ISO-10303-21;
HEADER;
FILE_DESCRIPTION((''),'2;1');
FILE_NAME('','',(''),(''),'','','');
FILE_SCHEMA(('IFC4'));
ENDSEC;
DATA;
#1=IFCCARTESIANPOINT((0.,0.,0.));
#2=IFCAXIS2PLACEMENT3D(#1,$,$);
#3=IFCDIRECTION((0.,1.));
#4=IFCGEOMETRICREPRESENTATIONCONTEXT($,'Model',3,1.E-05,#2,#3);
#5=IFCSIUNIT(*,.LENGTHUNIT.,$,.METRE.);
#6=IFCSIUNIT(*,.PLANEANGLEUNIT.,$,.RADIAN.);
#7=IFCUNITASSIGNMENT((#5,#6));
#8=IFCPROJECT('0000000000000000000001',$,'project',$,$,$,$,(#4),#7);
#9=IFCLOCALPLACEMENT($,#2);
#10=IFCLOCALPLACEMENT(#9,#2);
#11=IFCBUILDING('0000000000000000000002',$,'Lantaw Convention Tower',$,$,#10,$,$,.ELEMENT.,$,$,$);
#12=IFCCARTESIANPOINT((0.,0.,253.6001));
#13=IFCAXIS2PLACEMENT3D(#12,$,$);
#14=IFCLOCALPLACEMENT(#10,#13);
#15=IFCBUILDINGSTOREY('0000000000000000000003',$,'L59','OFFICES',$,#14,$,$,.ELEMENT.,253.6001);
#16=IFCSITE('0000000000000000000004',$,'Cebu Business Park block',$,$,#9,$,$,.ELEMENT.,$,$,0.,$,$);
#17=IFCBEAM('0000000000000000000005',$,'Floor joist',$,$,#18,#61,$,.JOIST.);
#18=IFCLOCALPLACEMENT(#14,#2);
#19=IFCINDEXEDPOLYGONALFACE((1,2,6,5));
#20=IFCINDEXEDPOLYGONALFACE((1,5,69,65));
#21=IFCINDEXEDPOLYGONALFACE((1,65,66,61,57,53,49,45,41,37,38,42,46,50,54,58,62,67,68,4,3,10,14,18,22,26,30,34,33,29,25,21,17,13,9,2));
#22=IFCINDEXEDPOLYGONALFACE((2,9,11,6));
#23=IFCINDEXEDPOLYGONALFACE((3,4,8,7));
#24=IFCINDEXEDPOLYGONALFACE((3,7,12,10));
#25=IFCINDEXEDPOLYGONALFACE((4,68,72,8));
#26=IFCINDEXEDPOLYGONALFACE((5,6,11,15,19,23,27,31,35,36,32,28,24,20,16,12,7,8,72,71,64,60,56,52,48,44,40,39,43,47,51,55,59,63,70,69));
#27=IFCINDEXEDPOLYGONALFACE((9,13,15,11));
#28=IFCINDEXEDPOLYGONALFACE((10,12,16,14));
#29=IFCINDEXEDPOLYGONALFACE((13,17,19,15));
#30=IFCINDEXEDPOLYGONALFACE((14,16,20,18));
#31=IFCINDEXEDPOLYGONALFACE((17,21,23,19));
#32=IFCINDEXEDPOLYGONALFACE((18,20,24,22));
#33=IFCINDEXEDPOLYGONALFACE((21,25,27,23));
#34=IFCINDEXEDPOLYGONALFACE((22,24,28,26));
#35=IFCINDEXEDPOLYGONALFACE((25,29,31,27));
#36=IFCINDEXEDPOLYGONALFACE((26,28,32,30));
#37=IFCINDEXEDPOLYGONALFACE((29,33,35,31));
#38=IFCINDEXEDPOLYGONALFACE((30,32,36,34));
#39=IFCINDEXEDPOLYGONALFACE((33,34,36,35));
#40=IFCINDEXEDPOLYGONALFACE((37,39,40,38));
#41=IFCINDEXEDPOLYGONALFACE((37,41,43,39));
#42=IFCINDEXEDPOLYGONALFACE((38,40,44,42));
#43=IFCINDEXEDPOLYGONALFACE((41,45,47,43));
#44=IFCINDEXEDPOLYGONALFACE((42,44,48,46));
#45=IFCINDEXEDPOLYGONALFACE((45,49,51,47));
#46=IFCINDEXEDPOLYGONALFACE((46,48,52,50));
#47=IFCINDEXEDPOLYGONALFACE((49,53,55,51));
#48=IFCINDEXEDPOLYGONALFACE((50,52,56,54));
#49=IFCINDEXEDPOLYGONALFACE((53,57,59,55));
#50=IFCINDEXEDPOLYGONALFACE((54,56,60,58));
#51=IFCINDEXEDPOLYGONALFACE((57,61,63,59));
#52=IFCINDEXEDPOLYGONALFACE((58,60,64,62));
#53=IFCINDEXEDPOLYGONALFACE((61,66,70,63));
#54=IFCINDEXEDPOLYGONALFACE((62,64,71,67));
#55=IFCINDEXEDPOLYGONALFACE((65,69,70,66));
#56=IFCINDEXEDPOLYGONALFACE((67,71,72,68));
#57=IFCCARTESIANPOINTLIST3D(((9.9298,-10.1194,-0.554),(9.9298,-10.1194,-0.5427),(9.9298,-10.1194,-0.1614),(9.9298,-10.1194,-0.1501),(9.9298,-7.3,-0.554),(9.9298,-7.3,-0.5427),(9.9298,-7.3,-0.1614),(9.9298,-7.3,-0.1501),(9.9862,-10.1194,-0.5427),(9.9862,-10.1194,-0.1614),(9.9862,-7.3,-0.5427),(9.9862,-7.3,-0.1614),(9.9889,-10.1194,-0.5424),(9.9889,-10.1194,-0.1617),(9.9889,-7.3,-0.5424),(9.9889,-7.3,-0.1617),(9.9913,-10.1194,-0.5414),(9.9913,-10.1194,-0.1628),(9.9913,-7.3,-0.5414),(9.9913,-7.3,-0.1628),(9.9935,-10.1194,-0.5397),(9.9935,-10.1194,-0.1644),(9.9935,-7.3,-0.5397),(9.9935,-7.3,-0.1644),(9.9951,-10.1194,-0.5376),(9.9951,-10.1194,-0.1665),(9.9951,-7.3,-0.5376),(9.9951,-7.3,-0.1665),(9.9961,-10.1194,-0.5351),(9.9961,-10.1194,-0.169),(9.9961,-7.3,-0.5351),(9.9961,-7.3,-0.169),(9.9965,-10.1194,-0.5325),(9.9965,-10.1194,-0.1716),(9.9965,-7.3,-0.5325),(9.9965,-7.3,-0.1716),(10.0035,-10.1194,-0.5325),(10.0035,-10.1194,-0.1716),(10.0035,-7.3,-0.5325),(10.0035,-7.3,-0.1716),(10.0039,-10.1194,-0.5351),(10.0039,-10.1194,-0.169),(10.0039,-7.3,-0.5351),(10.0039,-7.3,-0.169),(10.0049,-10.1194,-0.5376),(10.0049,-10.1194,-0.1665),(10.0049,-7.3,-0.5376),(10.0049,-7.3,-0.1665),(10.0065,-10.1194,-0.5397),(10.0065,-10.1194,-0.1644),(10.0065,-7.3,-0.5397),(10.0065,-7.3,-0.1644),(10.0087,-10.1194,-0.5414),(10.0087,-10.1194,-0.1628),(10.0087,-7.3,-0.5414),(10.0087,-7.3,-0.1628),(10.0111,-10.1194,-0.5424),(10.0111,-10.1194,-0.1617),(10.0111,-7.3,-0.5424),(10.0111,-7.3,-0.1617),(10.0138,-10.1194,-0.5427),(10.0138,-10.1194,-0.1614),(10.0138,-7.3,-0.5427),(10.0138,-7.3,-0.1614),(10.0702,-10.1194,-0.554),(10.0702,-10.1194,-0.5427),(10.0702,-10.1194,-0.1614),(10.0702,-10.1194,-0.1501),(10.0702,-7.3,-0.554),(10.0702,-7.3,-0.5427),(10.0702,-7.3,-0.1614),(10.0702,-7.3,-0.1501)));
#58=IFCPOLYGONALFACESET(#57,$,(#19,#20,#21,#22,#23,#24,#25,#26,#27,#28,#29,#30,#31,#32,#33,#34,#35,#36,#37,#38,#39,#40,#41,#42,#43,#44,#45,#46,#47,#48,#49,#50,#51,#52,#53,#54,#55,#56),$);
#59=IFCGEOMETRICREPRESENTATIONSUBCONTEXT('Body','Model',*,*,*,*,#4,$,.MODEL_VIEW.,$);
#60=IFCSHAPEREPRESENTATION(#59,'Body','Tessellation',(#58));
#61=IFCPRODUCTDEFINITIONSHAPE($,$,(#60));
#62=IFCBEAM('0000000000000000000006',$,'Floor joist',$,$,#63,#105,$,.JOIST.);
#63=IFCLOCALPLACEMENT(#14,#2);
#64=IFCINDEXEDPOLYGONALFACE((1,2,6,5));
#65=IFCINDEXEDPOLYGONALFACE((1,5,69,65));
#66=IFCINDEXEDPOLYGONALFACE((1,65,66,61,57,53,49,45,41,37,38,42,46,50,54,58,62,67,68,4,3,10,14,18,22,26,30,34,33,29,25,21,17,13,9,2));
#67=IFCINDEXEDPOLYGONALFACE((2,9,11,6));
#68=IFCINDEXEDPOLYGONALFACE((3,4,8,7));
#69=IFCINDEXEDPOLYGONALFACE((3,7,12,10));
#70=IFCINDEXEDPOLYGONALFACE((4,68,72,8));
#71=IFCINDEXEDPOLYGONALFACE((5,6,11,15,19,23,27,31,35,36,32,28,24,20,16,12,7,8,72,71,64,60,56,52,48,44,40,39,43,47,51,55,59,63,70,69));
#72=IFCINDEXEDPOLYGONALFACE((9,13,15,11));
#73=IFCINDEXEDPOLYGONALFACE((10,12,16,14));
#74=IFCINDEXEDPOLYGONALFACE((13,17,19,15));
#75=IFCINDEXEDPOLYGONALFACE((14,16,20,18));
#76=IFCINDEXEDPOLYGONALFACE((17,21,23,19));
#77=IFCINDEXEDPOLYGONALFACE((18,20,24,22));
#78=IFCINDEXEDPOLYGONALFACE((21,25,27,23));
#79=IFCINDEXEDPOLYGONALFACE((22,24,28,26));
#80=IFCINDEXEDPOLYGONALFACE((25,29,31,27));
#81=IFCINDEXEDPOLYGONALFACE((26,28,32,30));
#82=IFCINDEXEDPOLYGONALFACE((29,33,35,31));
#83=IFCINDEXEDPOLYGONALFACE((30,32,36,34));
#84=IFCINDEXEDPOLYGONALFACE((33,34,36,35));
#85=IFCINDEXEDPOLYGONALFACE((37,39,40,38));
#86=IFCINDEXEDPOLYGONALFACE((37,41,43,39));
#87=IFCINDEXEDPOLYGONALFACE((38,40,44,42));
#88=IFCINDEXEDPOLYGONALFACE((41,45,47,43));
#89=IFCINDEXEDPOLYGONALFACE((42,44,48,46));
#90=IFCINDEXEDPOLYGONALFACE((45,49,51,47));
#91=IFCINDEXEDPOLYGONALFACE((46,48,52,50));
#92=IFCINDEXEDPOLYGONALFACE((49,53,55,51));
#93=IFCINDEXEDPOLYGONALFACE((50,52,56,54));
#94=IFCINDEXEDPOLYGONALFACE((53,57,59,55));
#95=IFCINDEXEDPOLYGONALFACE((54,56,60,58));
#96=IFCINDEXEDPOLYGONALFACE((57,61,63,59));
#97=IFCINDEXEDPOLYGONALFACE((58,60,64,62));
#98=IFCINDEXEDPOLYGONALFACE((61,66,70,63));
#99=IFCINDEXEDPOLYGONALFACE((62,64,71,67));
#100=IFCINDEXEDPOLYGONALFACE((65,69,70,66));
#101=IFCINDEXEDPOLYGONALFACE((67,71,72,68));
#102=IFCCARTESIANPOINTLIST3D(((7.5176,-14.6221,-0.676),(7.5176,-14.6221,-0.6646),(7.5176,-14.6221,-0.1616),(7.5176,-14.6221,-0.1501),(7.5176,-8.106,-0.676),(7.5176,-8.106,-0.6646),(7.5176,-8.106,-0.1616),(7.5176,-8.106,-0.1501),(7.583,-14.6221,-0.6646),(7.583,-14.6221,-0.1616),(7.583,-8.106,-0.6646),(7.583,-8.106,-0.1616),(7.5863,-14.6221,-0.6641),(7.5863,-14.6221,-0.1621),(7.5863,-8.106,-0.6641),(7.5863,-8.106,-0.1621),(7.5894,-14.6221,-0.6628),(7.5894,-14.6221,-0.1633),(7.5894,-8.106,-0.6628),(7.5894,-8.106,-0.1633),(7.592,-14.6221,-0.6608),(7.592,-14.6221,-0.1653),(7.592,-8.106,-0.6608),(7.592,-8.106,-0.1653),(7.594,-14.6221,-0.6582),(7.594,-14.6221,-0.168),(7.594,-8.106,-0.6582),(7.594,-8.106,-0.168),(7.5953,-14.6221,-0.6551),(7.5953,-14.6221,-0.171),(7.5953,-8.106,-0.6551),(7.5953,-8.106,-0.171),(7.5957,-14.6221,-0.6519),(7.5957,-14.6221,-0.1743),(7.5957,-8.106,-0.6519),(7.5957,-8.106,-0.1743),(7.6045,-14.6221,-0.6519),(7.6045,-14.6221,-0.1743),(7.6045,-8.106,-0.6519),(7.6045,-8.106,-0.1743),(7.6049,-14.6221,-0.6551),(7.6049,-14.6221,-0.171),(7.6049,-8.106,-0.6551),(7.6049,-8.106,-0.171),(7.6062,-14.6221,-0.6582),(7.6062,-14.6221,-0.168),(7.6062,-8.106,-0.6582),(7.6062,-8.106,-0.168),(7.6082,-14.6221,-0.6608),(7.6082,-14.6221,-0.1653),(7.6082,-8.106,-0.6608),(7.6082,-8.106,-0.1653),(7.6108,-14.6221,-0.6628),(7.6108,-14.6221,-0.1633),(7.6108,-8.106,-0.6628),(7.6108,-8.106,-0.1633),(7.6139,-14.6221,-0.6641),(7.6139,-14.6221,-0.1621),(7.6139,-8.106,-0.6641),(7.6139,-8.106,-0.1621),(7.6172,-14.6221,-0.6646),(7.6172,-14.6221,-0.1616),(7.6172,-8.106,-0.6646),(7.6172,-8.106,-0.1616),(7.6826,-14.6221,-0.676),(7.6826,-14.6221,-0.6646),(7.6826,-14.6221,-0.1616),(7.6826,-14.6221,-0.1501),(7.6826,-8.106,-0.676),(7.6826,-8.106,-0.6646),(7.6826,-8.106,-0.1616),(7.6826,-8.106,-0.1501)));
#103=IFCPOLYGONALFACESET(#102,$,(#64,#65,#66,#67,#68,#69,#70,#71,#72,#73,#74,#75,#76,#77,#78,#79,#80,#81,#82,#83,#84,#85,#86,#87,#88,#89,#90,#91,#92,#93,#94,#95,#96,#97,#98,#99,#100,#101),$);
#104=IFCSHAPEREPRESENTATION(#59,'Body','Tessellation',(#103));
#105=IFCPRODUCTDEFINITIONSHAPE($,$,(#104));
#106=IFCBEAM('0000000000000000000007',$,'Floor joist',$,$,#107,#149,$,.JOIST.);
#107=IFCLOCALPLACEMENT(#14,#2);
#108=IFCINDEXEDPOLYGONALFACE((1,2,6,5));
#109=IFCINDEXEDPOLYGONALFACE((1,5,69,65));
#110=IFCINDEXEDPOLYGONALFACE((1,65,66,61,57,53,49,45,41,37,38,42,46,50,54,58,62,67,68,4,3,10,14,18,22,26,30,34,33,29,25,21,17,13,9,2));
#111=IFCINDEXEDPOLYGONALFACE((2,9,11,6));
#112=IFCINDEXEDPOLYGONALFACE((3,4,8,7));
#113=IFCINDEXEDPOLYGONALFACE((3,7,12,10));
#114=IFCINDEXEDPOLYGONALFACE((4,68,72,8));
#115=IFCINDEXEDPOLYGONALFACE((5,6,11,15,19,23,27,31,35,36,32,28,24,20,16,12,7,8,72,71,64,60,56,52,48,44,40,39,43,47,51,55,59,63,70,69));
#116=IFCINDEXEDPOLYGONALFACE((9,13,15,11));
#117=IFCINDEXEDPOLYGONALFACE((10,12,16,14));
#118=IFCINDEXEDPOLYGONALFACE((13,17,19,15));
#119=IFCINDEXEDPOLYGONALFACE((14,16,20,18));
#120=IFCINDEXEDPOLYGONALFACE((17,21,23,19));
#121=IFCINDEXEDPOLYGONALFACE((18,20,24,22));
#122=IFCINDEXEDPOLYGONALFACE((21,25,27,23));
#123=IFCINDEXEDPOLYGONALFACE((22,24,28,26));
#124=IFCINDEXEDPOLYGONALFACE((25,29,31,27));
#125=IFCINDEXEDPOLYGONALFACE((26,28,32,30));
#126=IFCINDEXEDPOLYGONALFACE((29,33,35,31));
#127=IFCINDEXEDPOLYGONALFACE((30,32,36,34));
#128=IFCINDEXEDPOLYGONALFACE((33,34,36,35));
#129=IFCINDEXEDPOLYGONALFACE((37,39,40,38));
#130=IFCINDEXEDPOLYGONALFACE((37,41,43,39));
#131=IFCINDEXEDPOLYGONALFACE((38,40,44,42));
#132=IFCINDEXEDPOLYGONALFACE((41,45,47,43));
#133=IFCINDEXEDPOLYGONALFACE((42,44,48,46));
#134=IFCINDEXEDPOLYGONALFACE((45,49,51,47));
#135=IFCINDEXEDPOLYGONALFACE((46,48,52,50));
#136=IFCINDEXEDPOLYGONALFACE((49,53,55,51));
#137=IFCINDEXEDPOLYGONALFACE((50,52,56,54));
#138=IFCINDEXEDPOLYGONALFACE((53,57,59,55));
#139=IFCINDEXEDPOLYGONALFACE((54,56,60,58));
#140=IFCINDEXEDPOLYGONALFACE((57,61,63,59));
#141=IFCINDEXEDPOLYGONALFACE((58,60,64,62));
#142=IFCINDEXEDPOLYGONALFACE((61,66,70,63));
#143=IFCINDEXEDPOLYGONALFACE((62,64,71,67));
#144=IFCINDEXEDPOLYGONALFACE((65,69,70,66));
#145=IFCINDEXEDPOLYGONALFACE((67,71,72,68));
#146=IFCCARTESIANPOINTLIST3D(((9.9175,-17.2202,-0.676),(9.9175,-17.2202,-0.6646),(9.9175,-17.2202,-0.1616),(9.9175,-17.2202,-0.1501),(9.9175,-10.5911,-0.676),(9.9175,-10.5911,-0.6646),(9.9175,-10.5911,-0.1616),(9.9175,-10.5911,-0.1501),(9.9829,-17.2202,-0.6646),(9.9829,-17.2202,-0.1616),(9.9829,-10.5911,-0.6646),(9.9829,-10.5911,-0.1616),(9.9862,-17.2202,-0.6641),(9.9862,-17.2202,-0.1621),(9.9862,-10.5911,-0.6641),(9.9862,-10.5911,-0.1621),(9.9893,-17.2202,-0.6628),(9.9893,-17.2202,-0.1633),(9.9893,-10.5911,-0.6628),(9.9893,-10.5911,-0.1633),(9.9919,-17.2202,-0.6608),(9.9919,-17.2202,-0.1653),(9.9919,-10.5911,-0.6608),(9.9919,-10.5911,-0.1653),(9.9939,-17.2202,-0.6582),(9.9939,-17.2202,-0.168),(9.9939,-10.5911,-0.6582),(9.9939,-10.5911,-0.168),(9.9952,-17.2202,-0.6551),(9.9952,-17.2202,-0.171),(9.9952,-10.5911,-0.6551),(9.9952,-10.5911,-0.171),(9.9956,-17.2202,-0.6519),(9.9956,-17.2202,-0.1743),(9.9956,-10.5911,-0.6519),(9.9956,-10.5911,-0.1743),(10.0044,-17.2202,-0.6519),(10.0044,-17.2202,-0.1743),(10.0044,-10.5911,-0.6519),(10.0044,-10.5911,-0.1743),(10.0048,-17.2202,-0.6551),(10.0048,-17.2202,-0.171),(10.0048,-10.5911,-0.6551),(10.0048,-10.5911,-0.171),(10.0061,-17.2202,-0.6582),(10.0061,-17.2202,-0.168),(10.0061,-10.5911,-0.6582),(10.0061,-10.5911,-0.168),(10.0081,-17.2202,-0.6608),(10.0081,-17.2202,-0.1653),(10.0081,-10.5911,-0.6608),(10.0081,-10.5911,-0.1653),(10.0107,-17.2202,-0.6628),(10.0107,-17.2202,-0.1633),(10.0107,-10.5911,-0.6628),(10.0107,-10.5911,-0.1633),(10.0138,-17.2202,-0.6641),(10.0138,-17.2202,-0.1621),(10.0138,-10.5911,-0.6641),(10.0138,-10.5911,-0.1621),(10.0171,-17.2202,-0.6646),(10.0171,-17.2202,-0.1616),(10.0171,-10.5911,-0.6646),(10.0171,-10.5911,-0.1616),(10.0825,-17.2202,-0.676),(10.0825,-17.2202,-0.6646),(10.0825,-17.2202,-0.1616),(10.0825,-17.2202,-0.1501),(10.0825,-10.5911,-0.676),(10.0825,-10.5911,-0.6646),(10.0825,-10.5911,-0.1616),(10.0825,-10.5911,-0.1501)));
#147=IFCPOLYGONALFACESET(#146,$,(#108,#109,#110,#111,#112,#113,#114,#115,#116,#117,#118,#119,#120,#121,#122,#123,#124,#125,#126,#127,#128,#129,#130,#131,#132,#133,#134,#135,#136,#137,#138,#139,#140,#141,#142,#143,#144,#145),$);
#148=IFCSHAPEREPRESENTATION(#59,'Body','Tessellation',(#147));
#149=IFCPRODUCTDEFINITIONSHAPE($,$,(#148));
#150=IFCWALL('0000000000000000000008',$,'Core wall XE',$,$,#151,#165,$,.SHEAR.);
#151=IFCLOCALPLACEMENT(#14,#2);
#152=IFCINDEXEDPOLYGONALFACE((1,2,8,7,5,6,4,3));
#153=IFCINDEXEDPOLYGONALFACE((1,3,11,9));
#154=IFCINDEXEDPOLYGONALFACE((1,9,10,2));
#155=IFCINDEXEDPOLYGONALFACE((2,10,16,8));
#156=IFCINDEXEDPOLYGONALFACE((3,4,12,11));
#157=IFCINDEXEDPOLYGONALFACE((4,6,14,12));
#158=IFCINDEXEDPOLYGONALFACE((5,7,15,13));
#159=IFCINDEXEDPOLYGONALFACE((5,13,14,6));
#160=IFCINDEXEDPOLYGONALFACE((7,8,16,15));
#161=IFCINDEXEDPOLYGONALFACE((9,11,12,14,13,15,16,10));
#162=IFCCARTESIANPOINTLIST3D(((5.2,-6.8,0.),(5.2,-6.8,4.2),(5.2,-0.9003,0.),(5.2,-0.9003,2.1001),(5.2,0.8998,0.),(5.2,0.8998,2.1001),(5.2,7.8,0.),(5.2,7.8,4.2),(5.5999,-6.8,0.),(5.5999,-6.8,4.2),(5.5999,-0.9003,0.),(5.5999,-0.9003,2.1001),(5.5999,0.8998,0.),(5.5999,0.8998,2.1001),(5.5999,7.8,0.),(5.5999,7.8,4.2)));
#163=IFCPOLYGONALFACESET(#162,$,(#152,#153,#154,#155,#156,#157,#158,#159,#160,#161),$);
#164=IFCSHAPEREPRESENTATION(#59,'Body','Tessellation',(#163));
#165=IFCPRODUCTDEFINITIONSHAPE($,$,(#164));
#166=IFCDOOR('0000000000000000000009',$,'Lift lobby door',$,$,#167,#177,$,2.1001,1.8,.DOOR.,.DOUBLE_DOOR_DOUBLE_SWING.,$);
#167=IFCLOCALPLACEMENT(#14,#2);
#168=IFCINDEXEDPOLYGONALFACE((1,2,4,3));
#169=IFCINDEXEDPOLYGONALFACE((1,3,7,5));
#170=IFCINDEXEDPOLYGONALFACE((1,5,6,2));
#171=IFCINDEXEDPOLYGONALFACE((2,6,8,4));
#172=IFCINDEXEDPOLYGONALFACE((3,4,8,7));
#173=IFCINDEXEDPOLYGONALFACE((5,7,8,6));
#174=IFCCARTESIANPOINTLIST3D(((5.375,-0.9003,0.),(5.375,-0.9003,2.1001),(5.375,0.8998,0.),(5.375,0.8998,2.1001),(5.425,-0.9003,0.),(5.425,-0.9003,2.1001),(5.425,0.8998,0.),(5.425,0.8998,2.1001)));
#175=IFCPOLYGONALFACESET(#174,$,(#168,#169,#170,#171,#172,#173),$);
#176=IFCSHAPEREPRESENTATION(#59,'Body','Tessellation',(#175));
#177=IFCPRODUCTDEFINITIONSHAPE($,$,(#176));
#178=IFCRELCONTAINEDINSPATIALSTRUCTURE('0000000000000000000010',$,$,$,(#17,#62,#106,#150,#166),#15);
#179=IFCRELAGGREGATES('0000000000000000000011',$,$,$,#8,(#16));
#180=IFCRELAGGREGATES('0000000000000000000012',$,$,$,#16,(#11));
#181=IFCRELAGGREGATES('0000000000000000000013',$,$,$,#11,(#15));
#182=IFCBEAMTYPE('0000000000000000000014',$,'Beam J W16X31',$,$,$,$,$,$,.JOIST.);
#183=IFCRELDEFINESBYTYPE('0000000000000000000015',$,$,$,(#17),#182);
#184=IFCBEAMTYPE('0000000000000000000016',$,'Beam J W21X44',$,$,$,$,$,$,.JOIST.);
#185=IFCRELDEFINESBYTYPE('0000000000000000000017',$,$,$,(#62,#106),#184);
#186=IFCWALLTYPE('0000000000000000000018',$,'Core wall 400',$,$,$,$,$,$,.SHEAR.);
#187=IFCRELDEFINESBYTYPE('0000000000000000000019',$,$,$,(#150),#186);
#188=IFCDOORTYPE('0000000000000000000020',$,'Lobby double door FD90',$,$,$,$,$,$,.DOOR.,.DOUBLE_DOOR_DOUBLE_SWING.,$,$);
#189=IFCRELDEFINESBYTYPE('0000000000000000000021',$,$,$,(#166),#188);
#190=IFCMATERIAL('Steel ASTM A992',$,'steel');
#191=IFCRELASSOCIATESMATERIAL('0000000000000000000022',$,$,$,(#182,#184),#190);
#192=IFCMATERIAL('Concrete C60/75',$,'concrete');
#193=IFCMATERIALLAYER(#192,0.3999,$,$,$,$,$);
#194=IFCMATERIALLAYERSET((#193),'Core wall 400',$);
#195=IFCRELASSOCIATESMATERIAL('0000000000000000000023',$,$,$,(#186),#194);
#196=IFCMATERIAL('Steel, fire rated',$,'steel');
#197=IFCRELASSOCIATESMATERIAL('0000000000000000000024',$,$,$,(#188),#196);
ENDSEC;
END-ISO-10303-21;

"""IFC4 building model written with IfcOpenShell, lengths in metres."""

from ifc_helpers import new_model, si_unit, direction, frame, frame_2d, origin, origin_2d, place, context, subcontext, project, spatial, rectangle, i_section, extrude, material, layer, layer_set, material_profile, profile_set, type_object, element, fill, save


model = new_model("IFC4")

# Units and contexts
model_context = context("Model", 3, precision=1e-05, world=origin(), true_north=direction((0.0, 1.0)))
body_context = subcontext(model_context, "Body", "Model", "MODEL_VIEW")
ifc_project = project(units=[si_unit("LENGTHUNIT", "METRE"), si_unit("PLANEANGLEUNIT", "RADIAN")], contexts=[model_context])

# Site, building, storey
site_placement = place(None, origin())
site = spatial("IfcSite", under=ifc_project, at=site_placement, Name="Cebu Business Park block", CompositionType="ELEMENT", RefElevation=0.0)
building_placement = place(site_placement, origin())
building = spatial("IfcBuilding", under=site, at=building_placement, Name="Lantaw Convention Tower", CompositionType="ELEMENT")
storey_placement = place(building_placement, frame((0.0, 0.0, 253.6001)))
storey = spatial("IfcBuildingStorey", under=building, at=storey_placement, Name="L59", Description="OFFICES", CompositionType="ELEMENT", Elevation=253.6001)

# Beams
ifc_material_1 = material(Name="Steel ASTM A992", Category="steel")
ifc_material_profile_1 = material_profile(ifc_material_1, i_section(OverallWidth=0.1404, OverallDepth=0.4038, WebThickness=0.0071, FlangeThickness=0.0112, FilletRadius=0.0103, at=origin_2d()), Name="W16X31")
ifc_profile_set_1 = profile_set([ifc_material_profile_1], Name="Steel ASTM A992")
beam_type_1 = type_object("IfcBeamType", Name="Beam J W16X31", PredefinedType="JOIST", material=ifc_profile_set_1)
beam_1_placement = place(storey_placement, frame((10.0, -10.1194, -0.3521), z_axis=(0.0, 1.0, 0.0), x_axis=(-1.0, 0.0, 0.0)))
element("IfcBeam", 1, at=beam_1_placement, inside=storey, type_object=beam_type_1, Name="Floor joist", PredefinedType="JOIST", context=body_context, shape_type="SweptSolid", body=[
    extrude(i_section(OverallWidth=0.1404, OverallDepth=0.4038, WebThickness=0.0071, FlangeThickness=0.0112, FilletRadius=0.0103, at=origin_2d()), origin(), (0.0, 0.0, 1.0), 2.8193),
])
ifc_material_profile_2 = material_profile(ifc_material_1, i_section(OverallWidth=0.165, OverallDepth=0.5259, WebThickness=0.0088, FlangeThickness=0.0115, FilletRadius=0.0127, at=origin_2d()), Name="W21X44")
ifc_profile_set_2 = profile_set([ifc_material_profile_2], Name="Steel ASTM A992")
beam_type_2 = type_object("IfcBeamType", Name="Beam J W21X44", PredefinedType="JOIST", material=ifc_profile_set_2)
beam_2_placement = place(storey_placement, frame((7.6001, -14.6221, -0.4131), z_axis=(0.0, 1.0, 0.0), x_axis=(-1.0, 0.0, 0.0)))
element("IfcBeam", 2, at=beam_2_placement, inside=storey, type_object=beam_type_2, Name="Floor joist", PredefinedType="JOIST", context=body_context, shape_type="SweptSolid", body=[
    extrude(i_section(OverallWidth=0.165, OverallDepth=0.5259, WebThickness=0.0088, FlangeThickness=0.0115, FilletRadius=0.0127, at=origin_2d()), origin(), (0.0, 0.0, 1.0), 6.5161),
])
beam_3_placement = place(storey_placement, frame((10.0, -17.2202, -0.4131), z_axis=(0.0, 1.0, 0.0), x_axis=(-1.0, 0.0, 0.0)))
element("IfcBeam", 3, at=beam_3_placement, inside=storey, type_object=beam_type_2, Name="Floor joist", PredefinedType="JOIST", context=body_context, shape_type="SweptSolid", body=[
    extrude(i_section(OverallWidth=0.165, OverallDepth=0.5259, WebThickness=0.0088, FlangeThickness=0.0115, FilletRadius=0.0127, at=origin_2d()), origin(), (0.0, 0.0, 1.0), 6.6292),
])

# Wall, opening, door
ifc_material_2 = material(Name="Concrete C60/75", Category="concrete")
ifc_layer_1 = layer(ifc_material_2, 0.3999)
ifc_layer_set_1 = layer_set([ifc_layer_1], Name="Core wall 400")
wall_type_1 = type_object("IfcWallType", Name="Core wall 400", PredefinedType="SHEAR", material=ifc_layer_set_1)
wall_1_placement = place(storey_placement, frame((5.3999, -6.8, 0.0), z_axis=(0.0, 0.0, 1.0), x_axis=(0.0, 1.0, 0.0)))
wall_1 = element("IfcWall", 4, at=wall_1_placement, inside=storey, type_object=wall_type_1, Name="Core wall XE", PredefinedType="SHEAR", context=body_context, shape_type="SweptSolid", body=[
    extrude(rectangle(XDim=14.6001, YDim=0.3999, at=frame_2d((7.3, 0.0))), origin(), (0.0, 0.0, 1.0), 4.2),
])
opening_1_placement = place(wall_1_placement, frame((5.8999, 0.0, 0.0)))
opening_1 = element("IfcOpeningElement", 5, at=opening_1_placement, cuts=wall_1, PredefinedType="OPENING", context=body_context, shape_type="SweptSolid", body=[
    extrude(rectangle(XDim=1.8, YDim=2.1001, at=frame_2d((0.8999, 1.05))), frame((0.0, 0.21, 0.0), z_axis=(0.0, -1.0, 0.0), x_axis=(1.0, 0.0, 0.0)), (0.0, 0.0, 1.0), 0.4199),
])
ifc_material_3 = material(Name="Steel, fire rated", Category="steel")
door_type_1 = type_object("IfcDoorType", Name="Lobby double door FD90", OperationType="DOUBLE_DOOR_DOUBLE_SWING", PredefinedType="DOOR", material=ifc_material_3)
door_1_placement = place(opening_1_placement, origin())
door_1 = element("IfcDoor", 6, at=door_1_placement, inside=storey, type_object=door_type_1, Name="Lift lobby door", OperationType="DOUBLE_DOOR_DOUBLE_SWING", OverallHeight=2.1001, OverallWidth=1.8, PredefinedType="DOOR", context=body_context, shape_type="SweptSolid", body=[
    extrude(rectangle(XDim=1.8, YDim=2.1001, at=frame_2d((0.8999, 1.05))), frame((0.0, 0.0249, 0.0), z_axis=(0.0, -1.0, 0.0), x_axis=(1.0, 0.0, 0.0)), (0.0, 0.0, 1.0), 0.05),
])
fill(opening_1, door_1)

save(model, "model.ifc")
